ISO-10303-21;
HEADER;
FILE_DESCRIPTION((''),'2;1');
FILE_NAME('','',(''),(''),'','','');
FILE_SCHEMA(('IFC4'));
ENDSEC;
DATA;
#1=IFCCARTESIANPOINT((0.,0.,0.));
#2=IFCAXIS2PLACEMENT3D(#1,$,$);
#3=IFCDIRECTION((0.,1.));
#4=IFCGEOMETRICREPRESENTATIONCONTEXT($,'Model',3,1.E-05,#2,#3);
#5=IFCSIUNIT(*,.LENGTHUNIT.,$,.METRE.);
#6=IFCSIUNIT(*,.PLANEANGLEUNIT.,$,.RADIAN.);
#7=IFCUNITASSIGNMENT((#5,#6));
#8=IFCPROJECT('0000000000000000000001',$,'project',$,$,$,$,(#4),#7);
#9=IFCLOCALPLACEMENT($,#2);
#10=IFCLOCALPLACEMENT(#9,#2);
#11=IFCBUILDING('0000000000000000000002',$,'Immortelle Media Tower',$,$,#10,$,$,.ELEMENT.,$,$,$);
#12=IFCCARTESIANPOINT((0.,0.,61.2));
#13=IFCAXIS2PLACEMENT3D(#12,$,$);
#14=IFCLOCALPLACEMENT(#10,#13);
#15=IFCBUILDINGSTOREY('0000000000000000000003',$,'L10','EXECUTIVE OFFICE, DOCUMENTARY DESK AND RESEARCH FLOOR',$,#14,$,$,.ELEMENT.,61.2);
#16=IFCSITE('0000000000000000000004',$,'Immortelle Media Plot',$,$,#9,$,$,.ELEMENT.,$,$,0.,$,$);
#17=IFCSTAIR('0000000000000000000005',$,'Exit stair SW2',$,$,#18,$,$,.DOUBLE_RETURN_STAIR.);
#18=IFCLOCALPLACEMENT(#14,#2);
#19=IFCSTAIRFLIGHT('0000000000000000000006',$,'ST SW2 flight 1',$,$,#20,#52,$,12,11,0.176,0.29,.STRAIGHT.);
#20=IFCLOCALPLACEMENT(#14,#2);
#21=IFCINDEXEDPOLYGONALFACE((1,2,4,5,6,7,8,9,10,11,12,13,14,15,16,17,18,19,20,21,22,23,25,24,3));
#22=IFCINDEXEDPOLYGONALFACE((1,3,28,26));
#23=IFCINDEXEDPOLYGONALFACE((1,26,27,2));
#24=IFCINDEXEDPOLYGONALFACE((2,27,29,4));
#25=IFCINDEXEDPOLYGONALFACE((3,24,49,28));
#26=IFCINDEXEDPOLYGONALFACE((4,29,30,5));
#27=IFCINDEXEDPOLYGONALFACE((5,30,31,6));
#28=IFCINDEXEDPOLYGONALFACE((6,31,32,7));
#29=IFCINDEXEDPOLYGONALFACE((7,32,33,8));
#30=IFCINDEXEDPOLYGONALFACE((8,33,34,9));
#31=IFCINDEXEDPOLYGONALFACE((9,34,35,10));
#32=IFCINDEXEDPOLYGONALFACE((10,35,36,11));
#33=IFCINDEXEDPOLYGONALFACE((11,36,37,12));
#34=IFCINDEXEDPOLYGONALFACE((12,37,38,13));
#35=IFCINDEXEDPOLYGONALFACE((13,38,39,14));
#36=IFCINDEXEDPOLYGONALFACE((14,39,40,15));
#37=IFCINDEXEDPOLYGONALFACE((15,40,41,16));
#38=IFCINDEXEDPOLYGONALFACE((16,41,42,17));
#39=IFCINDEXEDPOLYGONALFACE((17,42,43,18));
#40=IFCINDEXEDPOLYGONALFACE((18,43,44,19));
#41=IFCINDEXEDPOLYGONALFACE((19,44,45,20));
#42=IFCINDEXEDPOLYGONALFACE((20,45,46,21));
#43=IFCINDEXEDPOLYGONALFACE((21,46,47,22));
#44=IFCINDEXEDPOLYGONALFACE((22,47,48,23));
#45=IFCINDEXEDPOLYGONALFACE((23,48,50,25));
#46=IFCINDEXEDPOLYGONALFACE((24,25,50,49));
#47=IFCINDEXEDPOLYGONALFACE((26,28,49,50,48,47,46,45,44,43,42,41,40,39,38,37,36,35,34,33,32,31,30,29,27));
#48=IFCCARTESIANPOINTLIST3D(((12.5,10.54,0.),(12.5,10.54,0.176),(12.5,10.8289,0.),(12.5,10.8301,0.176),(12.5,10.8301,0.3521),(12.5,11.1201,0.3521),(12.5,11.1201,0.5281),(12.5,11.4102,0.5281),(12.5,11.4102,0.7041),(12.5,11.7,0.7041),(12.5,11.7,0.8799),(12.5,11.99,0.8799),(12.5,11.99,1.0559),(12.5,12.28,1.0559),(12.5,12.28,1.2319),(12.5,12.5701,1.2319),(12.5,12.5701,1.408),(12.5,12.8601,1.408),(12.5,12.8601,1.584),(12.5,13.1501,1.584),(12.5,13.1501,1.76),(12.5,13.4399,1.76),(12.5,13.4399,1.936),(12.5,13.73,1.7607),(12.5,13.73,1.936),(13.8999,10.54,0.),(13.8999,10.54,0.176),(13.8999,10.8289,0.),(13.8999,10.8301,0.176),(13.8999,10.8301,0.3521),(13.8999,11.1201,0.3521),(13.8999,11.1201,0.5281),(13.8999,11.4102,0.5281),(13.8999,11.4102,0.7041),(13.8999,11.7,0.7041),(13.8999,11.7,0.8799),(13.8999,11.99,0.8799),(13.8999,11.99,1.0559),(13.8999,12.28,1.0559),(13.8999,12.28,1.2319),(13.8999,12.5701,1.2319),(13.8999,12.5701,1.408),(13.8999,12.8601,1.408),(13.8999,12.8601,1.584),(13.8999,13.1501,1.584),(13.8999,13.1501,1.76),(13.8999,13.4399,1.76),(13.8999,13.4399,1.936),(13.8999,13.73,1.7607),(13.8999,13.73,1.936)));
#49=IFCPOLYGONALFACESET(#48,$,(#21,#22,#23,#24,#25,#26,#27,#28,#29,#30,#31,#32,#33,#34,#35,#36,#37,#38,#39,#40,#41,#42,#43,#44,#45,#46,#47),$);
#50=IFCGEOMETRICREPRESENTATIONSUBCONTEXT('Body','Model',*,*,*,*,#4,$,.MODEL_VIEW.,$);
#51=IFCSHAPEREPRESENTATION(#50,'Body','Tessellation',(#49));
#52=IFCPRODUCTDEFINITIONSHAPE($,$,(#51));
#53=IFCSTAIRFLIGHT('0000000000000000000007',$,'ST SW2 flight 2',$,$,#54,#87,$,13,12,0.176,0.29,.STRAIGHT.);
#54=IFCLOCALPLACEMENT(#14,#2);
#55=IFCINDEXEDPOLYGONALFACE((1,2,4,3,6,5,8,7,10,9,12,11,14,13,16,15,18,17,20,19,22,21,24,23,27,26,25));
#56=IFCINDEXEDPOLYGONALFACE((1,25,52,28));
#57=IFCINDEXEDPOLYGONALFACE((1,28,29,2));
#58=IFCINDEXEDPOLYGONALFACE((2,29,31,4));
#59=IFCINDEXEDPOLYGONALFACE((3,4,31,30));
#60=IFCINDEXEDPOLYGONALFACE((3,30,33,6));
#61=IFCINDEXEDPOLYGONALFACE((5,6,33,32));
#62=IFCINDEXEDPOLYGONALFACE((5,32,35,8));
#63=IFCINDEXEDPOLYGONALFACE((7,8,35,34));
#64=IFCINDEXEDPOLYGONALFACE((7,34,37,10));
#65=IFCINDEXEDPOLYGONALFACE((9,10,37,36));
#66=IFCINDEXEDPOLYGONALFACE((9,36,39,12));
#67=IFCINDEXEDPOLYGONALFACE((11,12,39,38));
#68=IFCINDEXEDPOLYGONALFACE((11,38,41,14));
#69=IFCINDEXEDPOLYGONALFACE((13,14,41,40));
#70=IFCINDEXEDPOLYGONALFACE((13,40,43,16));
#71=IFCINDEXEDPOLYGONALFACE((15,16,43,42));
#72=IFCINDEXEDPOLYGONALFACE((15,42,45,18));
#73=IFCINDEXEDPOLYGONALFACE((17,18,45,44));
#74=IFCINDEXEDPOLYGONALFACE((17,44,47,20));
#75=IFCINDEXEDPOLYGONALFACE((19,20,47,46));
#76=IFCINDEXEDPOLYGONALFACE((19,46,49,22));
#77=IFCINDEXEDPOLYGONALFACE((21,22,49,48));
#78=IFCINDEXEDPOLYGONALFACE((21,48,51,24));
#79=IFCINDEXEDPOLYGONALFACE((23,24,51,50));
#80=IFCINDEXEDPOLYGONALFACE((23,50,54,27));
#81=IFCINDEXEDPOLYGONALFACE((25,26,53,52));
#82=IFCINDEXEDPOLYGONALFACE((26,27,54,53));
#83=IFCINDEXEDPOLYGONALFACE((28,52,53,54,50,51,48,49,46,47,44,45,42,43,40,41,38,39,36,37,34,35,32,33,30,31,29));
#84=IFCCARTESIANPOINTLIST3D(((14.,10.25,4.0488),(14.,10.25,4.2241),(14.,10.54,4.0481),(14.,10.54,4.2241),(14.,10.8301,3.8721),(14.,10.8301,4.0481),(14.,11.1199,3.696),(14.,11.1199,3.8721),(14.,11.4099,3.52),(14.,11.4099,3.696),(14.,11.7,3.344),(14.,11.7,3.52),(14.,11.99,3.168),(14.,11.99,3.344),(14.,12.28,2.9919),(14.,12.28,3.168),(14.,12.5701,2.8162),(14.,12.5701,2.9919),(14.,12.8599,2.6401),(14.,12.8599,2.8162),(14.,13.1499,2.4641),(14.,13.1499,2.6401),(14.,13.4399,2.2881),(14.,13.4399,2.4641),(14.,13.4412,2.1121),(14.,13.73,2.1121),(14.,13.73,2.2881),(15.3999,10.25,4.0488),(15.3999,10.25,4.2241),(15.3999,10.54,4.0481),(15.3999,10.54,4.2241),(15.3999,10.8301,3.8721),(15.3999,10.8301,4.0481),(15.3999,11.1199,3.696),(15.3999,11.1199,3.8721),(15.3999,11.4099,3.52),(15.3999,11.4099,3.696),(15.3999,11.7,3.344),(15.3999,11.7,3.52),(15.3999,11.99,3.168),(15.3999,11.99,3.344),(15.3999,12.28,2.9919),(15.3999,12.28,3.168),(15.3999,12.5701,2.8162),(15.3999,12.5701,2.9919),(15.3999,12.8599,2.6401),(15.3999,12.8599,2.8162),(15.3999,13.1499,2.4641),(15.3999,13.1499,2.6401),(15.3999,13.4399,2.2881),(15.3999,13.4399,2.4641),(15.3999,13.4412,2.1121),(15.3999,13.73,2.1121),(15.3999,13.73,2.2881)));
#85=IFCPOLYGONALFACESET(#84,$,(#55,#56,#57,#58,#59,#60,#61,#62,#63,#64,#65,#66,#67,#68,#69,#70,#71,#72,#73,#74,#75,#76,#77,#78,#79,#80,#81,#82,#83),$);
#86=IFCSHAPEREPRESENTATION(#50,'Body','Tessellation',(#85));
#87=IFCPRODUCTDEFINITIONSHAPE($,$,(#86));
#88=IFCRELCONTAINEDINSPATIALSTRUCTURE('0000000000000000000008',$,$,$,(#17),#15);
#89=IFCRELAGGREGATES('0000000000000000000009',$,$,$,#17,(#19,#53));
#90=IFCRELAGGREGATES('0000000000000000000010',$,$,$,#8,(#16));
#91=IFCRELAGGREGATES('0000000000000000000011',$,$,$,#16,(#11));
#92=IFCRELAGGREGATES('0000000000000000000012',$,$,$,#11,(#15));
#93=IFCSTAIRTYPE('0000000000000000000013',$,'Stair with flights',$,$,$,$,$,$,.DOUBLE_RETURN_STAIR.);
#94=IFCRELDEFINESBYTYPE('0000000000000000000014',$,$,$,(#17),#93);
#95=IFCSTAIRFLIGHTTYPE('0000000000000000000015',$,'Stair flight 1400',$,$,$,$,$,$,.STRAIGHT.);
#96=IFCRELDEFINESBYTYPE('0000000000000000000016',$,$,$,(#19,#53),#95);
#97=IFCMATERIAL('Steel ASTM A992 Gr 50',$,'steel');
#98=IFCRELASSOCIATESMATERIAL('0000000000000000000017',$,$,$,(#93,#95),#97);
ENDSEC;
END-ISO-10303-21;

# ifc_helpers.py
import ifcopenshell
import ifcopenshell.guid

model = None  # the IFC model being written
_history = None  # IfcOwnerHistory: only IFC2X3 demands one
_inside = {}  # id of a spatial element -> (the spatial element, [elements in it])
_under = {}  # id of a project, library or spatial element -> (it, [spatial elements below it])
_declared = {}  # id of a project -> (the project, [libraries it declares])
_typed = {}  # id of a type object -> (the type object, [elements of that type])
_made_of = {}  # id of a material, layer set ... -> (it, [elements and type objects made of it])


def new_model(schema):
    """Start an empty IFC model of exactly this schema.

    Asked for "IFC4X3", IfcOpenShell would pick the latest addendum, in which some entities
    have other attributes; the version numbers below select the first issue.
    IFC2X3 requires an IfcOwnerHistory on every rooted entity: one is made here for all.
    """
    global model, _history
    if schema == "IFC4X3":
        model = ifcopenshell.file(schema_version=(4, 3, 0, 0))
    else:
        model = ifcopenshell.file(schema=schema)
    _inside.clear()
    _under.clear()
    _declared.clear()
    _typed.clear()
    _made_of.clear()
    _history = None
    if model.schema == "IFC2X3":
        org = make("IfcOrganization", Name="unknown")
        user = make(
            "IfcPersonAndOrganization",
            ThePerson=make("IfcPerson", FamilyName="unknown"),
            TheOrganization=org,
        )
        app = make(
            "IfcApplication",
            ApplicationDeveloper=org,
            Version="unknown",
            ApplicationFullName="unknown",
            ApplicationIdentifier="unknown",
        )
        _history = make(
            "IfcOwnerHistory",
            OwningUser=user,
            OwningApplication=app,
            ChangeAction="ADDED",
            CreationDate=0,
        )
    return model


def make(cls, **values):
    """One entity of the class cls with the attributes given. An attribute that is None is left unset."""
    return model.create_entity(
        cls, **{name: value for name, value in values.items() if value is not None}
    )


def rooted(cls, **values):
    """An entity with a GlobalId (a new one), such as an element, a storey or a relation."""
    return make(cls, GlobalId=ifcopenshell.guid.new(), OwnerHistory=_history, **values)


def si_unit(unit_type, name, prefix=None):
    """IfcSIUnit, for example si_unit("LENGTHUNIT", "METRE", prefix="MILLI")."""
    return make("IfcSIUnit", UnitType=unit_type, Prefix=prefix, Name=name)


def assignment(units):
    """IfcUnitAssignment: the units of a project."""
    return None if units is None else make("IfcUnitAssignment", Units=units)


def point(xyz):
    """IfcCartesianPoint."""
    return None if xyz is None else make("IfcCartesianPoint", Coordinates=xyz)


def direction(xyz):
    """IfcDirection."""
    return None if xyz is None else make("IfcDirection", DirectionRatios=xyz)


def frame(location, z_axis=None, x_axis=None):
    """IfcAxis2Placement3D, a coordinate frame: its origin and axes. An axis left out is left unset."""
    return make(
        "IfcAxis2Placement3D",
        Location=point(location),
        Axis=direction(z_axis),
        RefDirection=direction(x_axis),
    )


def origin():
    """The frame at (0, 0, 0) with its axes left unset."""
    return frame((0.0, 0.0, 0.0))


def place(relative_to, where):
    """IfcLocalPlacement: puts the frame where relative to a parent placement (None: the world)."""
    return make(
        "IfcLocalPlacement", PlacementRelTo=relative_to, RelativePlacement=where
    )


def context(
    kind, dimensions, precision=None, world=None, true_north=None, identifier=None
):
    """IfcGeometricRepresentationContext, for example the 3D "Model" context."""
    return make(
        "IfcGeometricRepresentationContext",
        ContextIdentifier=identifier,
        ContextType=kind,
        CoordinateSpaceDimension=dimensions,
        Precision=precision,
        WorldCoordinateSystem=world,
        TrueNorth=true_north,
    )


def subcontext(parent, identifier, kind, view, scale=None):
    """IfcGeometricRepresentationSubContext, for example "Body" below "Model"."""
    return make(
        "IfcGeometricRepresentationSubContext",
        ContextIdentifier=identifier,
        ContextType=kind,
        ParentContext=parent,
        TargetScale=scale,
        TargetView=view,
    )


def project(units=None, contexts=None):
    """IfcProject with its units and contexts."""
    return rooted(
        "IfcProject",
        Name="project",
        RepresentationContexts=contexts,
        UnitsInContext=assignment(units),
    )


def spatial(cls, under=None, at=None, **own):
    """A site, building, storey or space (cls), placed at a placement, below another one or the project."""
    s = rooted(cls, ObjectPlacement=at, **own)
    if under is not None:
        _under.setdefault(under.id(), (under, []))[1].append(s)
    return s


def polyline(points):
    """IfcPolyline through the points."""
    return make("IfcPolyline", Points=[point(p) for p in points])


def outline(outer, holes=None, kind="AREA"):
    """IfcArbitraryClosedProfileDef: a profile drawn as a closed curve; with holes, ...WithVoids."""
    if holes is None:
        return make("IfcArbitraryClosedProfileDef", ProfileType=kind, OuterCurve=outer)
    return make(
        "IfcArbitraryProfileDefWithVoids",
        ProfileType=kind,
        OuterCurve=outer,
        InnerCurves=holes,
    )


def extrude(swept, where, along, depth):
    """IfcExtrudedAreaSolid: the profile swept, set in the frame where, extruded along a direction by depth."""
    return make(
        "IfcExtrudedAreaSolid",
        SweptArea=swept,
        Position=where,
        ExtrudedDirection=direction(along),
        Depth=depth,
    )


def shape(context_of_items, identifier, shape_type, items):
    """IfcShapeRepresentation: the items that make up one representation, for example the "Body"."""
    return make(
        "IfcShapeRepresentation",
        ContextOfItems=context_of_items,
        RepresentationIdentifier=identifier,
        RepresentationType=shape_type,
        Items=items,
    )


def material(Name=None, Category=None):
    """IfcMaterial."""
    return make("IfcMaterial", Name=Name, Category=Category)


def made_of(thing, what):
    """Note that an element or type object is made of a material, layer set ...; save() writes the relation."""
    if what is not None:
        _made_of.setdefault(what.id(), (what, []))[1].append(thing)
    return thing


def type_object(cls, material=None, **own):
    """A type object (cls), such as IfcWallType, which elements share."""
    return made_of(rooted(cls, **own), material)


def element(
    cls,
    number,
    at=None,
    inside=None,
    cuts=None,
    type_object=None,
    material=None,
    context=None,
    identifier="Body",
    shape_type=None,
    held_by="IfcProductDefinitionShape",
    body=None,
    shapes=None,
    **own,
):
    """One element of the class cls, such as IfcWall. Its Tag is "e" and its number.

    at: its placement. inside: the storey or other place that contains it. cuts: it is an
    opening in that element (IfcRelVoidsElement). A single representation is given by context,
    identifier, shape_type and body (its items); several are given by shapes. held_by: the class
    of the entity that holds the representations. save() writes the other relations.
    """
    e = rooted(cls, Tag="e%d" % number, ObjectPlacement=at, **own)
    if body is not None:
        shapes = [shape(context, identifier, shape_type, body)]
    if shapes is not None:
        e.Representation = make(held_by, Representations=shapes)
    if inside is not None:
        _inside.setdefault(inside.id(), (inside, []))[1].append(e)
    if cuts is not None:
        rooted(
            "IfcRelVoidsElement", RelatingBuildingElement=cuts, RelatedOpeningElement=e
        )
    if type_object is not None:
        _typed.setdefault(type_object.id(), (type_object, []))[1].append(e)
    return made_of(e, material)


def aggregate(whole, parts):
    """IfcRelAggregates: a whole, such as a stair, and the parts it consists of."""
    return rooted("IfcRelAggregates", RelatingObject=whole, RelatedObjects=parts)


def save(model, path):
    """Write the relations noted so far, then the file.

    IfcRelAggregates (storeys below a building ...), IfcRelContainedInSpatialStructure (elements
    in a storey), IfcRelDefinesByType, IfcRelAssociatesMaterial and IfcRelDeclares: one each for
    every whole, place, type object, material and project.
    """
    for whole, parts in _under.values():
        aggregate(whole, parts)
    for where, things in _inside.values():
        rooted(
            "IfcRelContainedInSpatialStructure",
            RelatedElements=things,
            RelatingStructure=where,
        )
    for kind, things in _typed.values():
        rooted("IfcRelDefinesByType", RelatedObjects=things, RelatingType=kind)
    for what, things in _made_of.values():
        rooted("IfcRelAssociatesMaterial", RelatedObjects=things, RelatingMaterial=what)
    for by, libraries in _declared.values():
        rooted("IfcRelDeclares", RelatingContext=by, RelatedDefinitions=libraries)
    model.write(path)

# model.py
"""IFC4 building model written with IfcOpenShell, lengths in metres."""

from ifc_helpers import new_model, si_unit, direction, frame, origin, place, context, subcontext, project, spatial, polyline, outline, extrude, material, type_object, element, aggregate, save


model = new_model("IFC4")

# Units and contexts
model_context = context("Model", 3, precision=1e-05, world=origin(), true_north=direction((0.0, 1.0)))
body_context = subcontext(model_context, "Body", "Model", "MODEL_VIEW")
ifc_project = project(units=[si_unit("LENGTHUNIT", "METRE"), si_unit("PLANEANGLEUNIT", "RADIAN")], contexts=[model_context])

# Site, building, storey
site_placement = place(None, origin())
site = spatial("IfcSite", under=ifc_project, at=site_placement, Name="Immortelle Media Plot", CompositionType="ELEMENT", RefElevation=0.0)
building_placement = place(site_placement, origin())
building = spatial("IfcBuilding", under=site, at=building_placement, Name="Immortelle Media Tower", CompositionType="ELEMENT")
storey_placement = place(building_placement, frame((0.0, 0.0, 61.2)))
storey = spatial("IfcBuildingStorey", under=building, at=storey_placement, Name="L10", Description="EXECUTIVE OFFICE, DOCUMENTARY DESK AND RESEARCH FLOOR", CompositionType="ELEMENT", Elevation=61.2)

# Shared definitions
ifc_material_1 = material(Name="Steel ASTM A992 Gr 50", Category="steel")

# Stair, stair flights
stair_type = type_object("IfcStairType", Name="Stair with flights", PredefinedType="DOUBLE_RETURN_STAIR", material=ifc_material_1)
stair_flight_type = type_object("IfcStairFlightType", Name="Stair flight 1400", PredefinedType="STRAIGHT", material=ifc_material_1)
stair_1_placement = place(storey_placement, origin())
stair_1 = element("IfcStair", 1, at=stair_1_placement, inside=storey, type_object=stair_type, Name="Exit stair SW2", PredefinedType="DOUBLE_RETURN_STAIR")
stair_flight_1_placement = place(storey_placement, frame((13.2, 10.54, 0.0), z_axis=(0.0, 0.0, 1.0), x_axis=(0.0, 1.0, 0.0)))
stair_flight_1 = element("IfcStairFlight", 2, at=stair_flight_1_placement, type_object=stair_flight_type, Name="ST SW2 flight 1", NumberOfRisers=12, NumberOfTreads=11, PredefinedType="STRAIGHT", RiserHeight=0.176, TreadLength=0.29, context=body_context, shape_type="SweptSolid", body=[
    extrude(outline(polyline([(0.0, 0.0), (0.0, 0.176), (0.29, 0.176), (0.29, 0.3521), (0.5801, 0.3521), (0.5801, 0.5281), (0.8701, 0.5281), (0.8701, 0.7041), (1.1599, 0.7041), (1.1599, 0.8799), (1.45, 0.8799), (1.45, 1.0559), (1.74, 1.0559), (1.74, 1.2319), (2.03, 1.2319), (2.03, 1.408), (2.3201, 1.408), (2.3201, 1.584), (2.6101, 1.584), (2.6101, 1.76), (2.8999, 1.76), (2.8999, 1.936), (3.1899, 1.936), (3.1899, 2.1121), (3.1899, 1.7607), (0.2888, 0.0), (0.0, 0.0)])), frame((0.0, 0.7, 0.0), z_axis=(0.0, -1.0, 0.0), x_axis=(1.0, 0.0, 0.0)), (0.0, 0.0, 1.0), 1.3999),
])
stair_flight_2_placement = place(storey_placement, frame((14.7, 13.73, 2.1121), z_axis=(0.0, 0.0, 1.0), x_axis=(0.0, -1.0, 0.0)))
stair_flight_2 = element("IfcStairFlight", 3, at=stair_flight_2_placement, type_object=stair_flight_type, Name="ST SW2 flight 2", NumberOfRisers=13, NumberOfTreads=12, PredefinedType="STRAIGHT", RiserHeight=0.176, TreadLength=0.29, context=body_context, shape_type="SweptSolid", body=[
    extrude(outline(polyline([(0.0, 0.0), (0.0, 0.176), (0.29, 0.176), (0.29, 0.3521), (0.5801, 0.3521), (0.5801, 0.5281), (0.8701, 0.5281), (0.8701, 0.7041), (1.1599, 0.7041), (1.1599, 0.8799), (1.45, 0.8799), (1.45, 1.0559), (1.74, 1.0559), (1.74, 1.2319), (2.03, 1.2319), (2.03, 1.408), (2.3201, 1.408), (2.3201, 1.584), (2.6101, 1.584), (2.6101, 1.76), (2.8999, 1.76), (2.8999, 1.936), (3.1899, 1.936), (3.1899, 2.1121), (3.48, 2.1121), (3.48, 2.2881), (3.48, 1.9368), (0.2888, 0.0), (0.0, 0.0)])), frame((0.0, 0.7, 0.0), z_axis=(0.0, -1.0, 0.0), x_axis=(1.0, 0.0, 0.0)), (0.0, 0.0, 1.0), 1.3999),
])
aggregate(stair_1, [stair_flight_1, stair_flight_2])

save(model, "model.ifc")
